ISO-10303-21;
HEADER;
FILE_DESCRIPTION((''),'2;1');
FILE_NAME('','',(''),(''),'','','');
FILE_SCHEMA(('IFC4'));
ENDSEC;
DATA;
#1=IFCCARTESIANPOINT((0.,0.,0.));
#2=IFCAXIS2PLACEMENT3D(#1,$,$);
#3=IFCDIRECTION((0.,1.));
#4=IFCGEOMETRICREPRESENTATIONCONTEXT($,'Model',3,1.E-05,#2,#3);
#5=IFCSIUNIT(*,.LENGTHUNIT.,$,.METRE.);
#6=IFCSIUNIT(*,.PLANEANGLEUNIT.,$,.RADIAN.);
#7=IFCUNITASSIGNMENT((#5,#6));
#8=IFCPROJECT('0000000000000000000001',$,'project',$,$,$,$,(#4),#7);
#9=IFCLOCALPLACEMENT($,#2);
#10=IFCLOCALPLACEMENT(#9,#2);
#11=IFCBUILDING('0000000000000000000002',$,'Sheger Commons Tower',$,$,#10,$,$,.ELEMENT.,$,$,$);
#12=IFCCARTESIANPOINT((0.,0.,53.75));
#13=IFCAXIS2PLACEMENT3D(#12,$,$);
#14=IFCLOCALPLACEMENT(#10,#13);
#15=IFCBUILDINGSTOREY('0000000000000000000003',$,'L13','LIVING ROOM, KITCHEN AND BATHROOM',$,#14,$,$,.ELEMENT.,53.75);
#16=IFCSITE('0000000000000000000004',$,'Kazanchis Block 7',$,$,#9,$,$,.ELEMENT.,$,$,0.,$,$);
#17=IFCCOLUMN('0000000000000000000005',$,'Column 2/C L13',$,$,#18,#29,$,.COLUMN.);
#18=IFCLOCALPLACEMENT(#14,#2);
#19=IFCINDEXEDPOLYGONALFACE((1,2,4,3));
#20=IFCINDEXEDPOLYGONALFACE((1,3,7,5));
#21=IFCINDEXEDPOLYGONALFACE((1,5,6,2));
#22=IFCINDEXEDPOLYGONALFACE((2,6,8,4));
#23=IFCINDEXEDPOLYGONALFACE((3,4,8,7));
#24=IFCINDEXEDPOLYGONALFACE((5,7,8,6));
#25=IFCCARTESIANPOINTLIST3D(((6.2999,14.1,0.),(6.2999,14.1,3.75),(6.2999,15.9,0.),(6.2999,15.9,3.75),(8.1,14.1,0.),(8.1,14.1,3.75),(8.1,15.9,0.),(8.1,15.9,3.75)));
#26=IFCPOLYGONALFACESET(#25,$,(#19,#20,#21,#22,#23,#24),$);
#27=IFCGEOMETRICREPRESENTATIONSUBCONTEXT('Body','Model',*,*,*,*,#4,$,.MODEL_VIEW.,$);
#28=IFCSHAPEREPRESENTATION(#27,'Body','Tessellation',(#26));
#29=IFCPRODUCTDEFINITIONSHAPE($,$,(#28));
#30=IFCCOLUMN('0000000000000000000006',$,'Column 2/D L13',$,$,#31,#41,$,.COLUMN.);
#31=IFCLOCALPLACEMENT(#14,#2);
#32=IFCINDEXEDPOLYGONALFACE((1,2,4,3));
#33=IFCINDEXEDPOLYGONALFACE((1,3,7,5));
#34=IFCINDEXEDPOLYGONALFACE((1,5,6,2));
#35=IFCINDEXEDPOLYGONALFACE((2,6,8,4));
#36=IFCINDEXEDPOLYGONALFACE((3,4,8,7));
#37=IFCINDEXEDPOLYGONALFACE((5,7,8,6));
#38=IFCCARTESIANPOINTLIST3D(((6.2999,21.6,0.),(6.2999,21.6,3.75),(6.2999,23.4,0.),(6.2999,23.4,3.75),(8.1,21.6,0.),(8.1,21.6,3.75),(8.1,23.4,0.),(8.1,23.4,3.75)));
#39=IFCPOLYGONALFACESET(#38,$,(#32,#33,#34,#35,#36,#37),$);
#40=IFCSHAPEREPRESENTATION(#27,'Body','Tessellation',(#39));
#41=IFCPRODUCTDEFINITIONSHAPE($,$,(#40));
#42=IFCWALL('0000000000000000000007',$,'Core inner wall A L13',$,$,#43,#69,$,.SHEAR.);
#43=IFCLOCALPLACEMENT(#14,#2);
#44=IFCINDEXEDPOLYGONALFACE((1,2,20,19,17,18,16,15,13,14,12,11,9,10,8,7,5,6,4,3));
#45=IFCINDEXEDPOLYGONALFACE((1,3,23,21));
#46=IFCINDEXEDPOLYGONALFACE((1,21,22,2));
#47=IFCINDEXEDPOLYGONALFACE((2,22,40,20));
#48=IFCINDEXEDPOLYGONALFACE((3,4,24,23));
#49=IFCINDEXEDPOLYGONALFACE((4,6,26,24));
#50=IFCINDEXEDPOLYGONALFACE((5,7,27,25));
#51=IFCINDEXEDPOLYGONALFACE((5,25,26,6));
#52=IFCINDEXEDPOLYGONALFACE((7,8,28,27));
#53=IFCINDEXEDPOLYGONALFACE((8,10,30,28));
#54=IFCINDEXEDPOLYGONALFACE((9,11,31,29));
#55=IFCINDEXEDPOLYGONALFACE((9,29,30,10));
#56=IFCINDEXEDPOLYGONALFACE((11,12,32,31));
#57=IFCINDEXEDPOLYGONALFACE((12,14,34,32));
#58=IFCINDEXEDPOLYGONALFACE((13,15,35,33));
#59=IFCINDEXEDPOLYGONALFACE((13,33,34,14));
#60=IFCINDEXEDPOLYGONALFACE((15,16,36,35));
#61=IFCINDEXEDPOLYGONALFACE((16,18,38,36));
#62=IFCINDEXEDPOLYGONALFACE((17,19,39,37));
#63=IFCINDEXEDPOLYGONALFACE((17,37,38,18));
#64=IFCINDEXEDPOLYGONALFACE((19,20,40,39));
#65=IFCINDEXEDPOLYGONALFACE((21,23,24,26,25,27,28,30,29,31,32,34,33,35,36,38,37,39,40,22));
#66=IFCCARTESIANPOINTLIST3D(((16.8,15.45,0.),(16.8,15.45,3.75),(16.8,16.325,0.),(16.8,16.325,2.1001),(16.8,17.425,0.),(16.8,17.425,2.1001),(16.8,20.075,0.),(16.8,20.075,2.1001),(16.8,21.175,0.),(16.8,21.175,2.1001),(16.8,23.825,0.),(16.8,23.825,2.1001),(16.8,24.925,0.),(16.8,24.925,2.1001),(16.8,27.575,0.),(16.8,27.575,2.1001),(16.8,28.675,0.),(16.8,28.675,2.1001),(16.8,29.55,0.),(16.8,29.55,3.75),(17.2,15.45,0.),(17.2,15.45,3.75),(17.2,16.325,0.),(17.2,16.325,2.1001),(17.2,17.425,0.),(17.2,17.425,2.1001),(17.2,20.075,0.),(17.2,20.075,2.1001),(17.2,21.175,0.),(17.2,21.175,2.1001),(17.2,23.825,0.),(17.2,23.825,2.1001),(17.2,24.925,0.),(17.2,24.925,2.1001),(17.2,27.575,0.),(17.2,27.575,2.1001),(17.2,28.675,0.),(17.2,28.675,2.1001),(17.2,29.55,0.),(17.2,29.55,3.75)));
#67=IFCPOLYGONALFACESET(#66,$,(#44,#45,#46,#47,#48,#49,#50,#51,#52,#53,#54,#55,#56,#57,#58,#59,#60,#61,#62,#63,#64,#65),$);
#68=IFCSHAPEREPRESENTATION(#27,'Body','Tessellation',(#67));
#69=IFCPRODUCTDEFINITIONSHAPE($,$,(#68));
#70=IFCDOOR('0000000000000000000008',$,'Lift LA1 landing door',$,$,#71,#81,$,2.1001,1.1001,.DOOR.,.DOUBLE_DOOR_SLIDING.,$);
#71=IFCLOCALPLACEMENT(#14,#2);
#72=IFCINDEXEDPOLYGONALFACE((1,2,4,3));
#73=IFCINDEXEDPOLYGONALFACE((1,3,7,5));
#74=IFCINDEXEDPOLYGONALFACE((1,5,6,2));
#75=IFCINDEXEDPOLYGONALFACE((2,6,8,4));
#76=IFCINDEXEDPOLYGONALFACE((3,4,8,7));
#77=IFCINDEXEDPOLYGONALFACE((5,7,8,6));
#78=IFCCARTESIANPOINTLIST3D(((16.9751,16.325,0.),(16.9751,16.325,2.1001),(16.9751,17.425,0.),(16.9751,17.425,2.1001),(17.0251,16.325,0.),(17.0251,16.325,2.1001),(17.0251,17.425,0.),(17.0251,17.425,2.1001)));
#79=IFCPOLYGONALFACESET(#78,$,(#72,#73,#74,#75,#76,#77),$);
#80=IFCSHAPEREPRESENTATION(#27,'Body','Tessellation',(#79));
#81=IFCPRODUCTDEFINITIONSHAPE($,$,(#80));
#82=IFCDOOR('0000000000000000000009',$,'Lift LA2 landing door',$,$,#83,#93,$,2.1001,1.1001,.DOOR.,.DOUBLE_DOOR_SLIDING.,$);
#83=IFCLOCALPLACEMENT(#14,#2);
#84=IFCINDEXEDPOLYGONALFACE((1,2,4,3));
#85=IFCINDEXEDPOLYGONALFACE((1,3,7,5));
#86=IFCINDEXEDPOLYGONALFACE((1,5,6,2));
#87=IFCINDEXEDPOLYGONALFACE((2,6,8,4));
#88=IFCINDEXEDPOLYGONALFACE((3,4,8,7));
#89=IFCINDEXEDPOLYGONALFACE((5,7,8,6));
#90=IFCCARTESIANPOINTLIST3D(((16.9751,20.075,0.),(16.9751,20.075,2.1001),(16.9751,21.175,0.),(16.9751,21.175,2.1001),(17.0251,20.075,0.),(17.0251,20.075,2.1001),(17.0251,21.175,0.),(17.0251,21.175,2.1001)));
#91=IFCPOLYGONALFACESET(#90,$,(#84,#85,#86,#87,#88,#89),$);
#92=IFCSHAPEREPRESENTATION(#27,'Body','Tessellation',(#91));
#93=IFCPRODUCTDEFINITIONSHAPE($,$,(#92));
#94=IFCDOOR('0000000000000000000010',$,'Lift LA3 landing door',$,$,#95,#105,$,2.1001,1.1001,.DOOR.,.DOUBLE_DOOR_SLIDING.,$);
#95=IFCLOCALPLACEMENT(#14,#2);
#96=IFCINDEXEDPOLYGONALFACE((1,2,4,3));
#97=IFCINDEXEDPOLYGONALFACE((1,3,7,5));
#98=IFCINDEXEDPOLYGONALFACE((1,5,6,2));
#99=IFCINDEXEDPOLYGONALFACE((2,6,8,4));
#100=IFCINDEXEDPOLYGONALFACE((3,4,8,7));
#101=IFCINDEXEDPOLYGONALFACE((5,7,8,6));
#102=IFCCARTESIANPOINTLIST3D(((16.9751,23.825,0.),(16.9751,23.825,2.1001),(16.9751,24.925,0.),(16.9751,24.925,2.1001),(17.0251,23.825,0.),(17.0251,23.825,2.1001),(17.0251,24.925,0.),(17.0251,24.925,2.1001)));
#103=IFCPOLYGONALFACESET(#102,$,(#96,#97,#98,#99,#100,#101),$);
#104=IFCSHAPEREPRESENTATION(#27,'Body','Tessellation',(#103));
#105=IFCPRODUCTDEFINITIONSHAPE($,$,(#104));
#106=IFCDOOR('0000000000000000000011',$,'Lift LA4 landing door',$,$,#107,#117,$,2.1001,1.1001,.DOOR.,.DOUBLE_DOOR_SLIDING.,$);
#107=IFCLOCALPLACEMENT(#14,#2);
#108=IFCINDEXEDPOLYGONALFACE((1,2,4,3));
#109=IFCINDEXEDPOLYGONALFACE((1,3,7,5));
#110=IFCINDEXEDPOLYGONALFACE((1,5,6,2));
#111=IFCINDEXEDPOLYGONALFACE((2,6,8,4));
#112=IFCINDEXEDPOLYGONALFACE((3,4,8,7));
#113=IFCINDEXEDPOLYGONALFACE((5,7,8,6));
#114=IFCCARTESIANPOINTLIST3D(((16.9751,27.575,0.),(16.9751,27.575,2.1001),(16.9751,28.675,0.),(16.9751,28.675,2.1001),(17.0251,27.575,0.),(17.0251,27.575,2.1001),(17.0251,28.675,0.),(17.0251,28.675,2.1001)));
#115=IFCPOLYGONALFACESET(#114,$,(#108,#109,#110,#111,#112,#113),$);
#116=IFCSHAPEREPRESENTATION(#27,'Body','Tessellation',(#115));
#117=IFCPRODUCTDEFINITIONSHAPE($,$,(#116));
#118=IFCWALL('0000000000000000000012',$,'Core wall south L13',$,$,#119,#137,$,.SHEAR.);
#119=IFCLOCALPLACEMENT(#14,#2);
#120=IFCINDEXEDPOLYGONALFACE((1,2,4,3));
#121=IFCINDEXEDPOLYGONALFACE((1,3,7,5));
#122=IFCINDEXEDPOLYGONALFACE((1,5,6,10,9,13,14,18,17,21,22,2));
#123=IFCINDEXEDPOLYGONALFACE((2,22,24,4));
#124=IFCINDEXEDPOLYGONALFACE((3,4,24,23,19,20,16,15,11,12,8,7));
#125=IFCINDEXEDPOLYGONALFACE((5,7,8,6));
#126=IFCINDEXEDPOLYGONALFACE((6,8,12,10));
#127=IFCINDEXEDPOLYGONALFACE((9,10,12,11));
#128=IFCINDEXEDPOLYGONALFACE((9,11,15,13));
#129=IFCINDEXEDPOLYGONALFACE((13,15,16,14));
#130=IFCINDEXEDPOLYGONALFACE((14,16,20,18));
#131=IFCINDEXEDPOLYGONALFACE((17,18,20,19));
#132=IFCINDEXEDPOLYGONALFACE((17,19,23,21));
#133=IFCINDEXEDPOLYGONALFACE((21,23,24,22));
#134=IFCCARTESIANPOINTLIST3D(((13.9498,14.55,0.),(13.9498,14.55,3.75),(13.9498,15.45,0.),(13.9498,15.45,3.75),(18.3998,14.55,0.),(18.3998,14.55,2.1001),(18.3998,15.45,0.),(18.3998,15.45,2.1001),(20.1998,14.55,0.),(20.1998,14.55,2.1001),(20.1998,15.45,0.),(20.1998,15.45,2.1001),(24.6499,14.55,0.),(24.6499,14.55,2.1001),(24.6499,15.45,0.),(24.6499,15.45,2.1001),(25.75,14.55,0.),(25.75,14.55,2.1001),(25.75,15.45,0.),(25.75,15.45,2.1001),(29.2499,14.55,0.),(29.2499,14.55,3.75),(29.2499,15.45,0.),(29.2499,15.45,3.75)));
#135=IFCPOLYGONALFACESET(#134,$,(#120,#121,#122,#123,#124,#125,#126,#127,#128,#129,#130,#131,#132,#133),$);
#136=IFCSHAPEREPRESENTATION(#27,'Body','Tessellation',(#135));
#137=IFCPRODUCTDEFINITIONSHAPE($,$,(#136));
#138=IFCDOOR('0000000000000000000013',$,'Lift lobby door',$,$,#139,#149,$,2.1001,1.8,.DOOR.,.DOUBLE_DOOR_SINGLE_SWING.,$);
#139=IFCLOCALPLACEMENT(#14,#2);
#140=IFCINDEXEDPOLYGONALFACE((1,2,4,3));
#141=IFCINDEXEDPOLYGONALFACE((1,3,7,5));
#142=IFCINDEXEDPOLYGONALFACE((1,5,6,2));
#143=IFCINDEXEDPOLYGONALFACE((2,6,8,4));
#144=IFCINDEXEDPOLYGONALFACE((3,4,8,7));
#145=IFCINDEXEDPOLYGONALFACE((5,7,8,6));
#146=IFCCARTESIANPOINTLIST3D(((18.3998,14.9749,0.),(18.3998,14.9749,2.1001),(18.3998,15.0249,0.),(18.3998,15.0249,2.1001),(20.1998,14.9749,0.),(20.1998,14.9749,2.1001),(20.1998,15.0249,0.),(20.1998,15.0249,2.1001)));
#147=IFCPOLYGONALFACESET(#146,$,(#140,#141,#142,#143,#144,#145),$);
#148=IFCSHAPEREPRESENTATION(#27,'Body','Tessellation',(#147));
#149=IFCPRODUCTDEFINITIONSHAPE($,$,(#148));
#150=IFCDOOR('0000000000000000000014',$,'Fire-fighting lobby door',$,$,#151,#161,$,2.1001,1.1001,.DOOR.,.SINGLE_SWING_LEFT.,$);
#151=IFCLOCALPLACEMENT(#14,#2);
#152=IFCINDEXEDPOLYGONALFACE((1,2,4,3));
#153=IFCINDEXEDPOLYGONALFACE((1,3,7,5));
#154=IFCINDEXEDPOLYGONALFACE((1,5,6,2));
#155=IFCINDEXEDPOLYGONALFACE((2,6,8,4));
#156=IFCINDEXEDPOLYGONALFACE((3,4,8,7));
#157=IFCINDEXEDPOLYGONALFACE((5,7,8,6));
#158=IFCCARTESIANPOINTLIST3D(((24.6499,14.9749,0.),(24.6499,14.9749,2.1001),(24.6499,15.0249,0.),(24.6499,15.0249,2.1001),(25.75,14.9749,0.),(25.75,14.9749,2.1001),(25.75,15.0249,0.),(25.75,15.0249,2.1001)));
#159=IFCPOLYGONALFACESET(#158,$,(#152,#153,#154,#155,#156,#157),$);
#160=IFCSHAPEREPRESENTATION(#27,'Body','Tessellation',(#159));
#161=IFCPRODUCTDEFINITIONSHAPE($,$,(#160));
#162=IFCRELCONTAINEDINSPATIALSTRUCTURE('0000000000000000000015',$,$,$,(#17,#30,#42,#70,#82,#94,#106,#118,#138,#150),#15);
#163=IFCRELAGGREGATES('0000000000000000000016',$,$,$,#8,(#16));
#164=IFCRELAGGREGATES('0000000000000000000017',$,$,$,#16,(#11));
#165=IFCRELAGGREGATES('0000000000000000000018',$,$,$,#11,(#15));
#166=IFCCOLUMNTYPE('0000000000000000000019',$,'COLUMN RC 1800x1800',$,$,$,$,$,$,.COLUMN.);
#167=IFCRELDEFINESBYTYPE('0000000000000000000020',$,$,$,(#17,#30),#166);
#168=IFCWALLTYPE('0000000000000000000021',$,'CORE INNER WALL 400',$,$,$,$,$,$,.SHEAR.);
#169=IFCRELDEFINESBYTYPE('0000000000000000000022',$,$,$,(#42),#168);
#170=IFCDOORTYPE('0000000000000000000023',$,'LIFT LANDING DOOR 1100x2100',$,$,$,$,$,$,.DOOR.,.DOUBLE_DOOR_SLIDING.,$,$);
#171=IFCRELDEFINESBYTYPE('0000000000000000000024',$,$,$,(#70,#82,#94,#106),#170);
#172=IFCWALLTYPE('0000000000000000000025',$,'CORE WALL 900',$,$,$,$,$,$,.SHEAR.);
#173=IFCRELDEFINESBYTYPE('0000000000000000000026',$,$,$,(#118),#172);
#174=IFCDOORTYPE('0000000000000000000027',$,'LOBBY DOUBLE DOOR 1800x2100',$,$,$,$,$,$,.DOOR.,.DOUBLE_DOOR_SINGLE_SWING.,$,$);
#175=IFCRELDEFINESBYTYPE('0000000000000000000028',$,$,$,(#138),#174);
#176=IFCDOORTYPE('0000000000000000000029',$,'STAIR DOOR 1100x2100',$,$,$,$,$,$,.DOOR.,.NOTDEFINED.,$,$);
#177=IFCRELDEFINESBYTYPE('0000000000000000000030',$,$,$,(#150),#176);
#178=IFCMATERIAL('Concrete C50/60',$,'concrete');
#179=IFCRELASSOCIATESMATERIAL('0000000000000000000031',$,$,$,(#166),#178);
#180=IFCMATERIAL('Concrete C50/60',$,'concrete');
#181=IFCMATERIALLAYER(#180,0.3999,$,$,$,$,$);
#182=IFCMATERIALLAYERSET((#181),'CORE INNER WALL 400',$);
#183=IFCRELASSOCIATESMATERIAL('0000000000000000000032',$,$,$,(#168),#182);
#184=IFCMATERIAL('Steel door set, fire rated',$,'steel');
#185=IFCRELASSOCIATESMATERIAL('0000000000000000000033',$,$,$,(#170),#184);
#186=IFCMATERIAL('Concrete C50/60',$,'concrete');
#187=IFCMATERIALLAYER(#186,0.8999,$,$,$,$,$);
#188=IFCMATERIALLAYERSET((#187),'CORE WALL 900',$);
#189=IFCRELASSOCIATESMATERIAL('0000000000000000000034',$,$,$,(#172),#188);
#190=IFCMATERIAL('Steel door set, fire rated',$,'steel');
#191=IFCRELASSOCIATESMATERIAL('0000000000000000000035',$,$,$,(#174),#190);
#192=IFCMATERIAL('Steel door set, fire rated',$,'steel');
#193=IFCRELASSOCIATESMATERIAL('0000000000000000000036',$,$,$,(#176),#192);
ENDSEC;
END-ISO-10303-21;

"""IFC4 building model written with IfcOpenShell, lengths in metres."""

from ifc_helpers import new_model, si_unit, direction, frame, frame_2d, origin, origin_2d, place, context, subcontext, project, spatial, rectangle, extrude, material, layer, layer_set, material_profile, profile_set, type_object, element, fill, save


model = new_model("IFC4")

# Units and contexts
model_context = context("Model", 3, precision=1e-05, world=origin(), true_north=direction((0.0, 1.0)))
body_context = subcontext(model_context, "Body", "Model", "MODEL_VIEW")
ifc_project = project(units=[si_unit("LENGTHUNIT", "METRE"), si_unit("PLANEANGLEUNIT", "RADIAN")], contexts=[model_context])

# Site, building, storey
site_placement = place(None, origin())
site = spatial("IfcSite", under=ifc_project, at=site_placement, Name="Kazanchis Block 7", CompositionType="ELEMENT", RefElevation=0.0)
building_placement = place(site_placement, origin())
building = spatial("IfcBuilding", under=site, at=building_placement, Name="Sheger Commons Tower", CompositionType="ELEMENT")
storey_placement = place(building_placement, frame((0.0, 0.0, 53.75)))
storey = spatial("IfcBuildingStorey", under=building, at=storey_placement, Name="L13", Description="LIVING ROOM, KITCHEN AND BATHROOM", CompositionType="ELEMENT", Elevation=53.75)

# Columns
ifc_material_1 = material(Name="Concrete C50/60", Category="concrete")
ifc_material_profile = material_profile(ifc_material_1, rectangle(XDim=1.8, YDim=1.8, at=origin_2d()), Name="RC 1800x1800")
ifc_profile_set = profile_set([ifc_material_profile], Name="Concrete C50/60")
column_type = type_object("IfcColumnType", Name="COLUMN RC 1800x1800", PredefinedType="COLUMN", material=ifc_profile_set)
for number, where, z_axis, x_axis, name in (
    (1, (7.2, 15.0, 0.0), (0.0, 0.0, 1.0), (1.0, 0.0, 0.0), "Column 2/C L13"),
    (2, (7.2, 22.5, 0.0), (0.0, 0.0, 1.0), (1.0, 0.0, 0.0), "Column 2/D L13"),
):
    element("IfcColumn", number, at=place(storey_placement, frame(where, z_axis=z_axis, x_axis=x_axis)), inside=storey, type_object=column_type, Name=name, PredefinedType="COLUMN", context=body_context, shape_type="SweptSolid", body=[
        extrude(rectangle(XDim=1.8, YDim=1.8, at=origin_2d()), origin(), (0.0, 0.0, 1.0), 3.75),
    ])

# Walls, openings, doors
ifc_material_2 = material(Name="Concrete C50/60", Category="concrete")
ifc_layer_1 = layer(ifc_material_2, 0.3999)
ifc_layer_set_1 = layer_set([ifc_layer_1], Name="CORE INNER WALL 400")
wall_type_1 = type_object("IfcWallType", Name="CORE INNER WALL 400", PredefinedType="SHEAR", material=ifc_layer_set_1)
wall_1_placement = place(storey_placement, frame((17.0, 15.45, 0.0), z_axis=(0.0, 0.0, 1.0), x_axis=(0.0, 1.0, 0.0)))
wall_1 = element("IfcWall", 3, at=wall_1_placement, inside=storey, type_object=wall_type_1, Name="Core inner wall A L13", PredefinedType="SHEAR", context=body_context, shape_type="SweptSolid", body=[
    extrude(rectangle(XDim=14.1001, YDim=0.3999, at=frame_2d((7.05, 0.0))), origin(), (0.0, 0.0, 1.0), 3.75),
])
opening_1_placement = place(wall_1_placement, frame((0.875, 0.0, 0.0)))
opening_1 = element("IfcOpeningElement", 4, at=opening_1_placement, cuts=wall_1, PredefinedType="OPENING", context=body_context, shape_type="SweptSolid", body=[
    extrude(rectangle(XDim=1.1001, YDim=2.1001, at=frame_2d((0.55, 1.05))), frame((0.0, 0.21, 0.0), z_axis=(0.0, -1.0, 0.0), x_axis=(1.0, 0.0, 0.0)), (0.0, 0.0, 1.0), 0.4199),
])
opening_2_placement = place(wall_1_placement, frame((4.625, 0.0, 0.0)))
opening_2 = element("IfcOpeningElement", 5, at=opening_2_placement, cuts=wall_1, PredefinedType="OPENING", context=body_context, shape_type="SweptSolid", body=[
    extrude(rectangle(XDim=1.1001, YDim=2.1001, at=frame_2d((0.55, 1.05))), frame((0.0, 0.21, 0.0), z_axis=(0.0, -1.0, 0.0), x_axis=(1.0, 0.0, 0.0)), (0.0, 0.0, 1.0), 0.4199),
])
opening_3_placement = place(wall_1_placement, frame((8.375, 0.0, 0.0)))
opening_3 = element("IfcOpeningElement", 6, at=opening_3_placement, cuts=wall_1, PredefinedType="OPENING", context=body_context, shape_type="SweptSolid", body=[
    extrude(rectangle(XDim=1.1001, YDim=2.1001, at=frame_2d((0.55, 1.05))), frame((0.0, 0.21, 0.0), z_axis=(0.0, -1.0, 0.0), x_axis=(1.0, 0.0, 0.0)), (0.0, 0.0, 1.0), 0.4199),
])
opening_4_placement = place(wall_1_placement, frame((12.125, 0.0, 0.0)))
opening_4 = element("IfcOpeningElement", 7, at=opening_4_placement, cuts=wall_1, PredefinedType="OPENING", context=body_context, shape_type="SweptSolid", body=[
    extrude(rectangle(XDim=1.1001, YDim=2.1001, at=frame_2d((0.55, 1.05))), frame((0.0, 0.21, 0.0), z_axis=(0.0, -1.0, 0.0), x_axis=(1.0, 0.0, 0.0)), (0.0, 0.0, 1.0), 0.4199),
])
ifc_material_3 = material(Name="Steel door set, fire rated", Category="steel")
door_type_1 = type_object("IfcDoorType", Name="LIFT LANDING DOOR 1100x2100", OperationType="DOUBLE_DOOR_SLIDING", PredefinedType="DOOR", material=ifc_material_3)
door_1_placement = place(opening_1_placement, origin())
door_1 = element("IfcDoor", 8, at=door_1_placement, inside=storey, type_object=door_type_1, Name="Lift LA1 landing door", OperationType="DOUBLE_DOOR_SLIDING", OverallHeight=2.1001, OverallWidth=1.1001, PredefinedType="DOOR", context=body_context, shape_type="SweptSolid", body=[
    extrude(rectangle(XDim=1.1001, YDim=2.1001, at=frame_2d((0.55, 1.05))), frame((0.0, 0.0249, 0.0), z_axis=(0.0, -1.0, 0.0), x_axis=(1.0, 0.0, 0.0)), (0.0, 0.0, 1.0), 0.05),
])
fill(opening_1, door_1)
door_2_placement = place(opening_2_placement, origin())
door_2 = element("IfcDoor", 9, at=door_2_placement, inside=storey, type_object=door_type_1, Name="Lift LA2 landing door", OperationType="DOUBLE_DOOR_SLIDING", OverallHeight=2.1001, OverallWidth=1.1001, PredefinedType="DOOR", context=body_context, shape_type="SweptSolid", body=[
    extrude(rectangle(XDim=1.1001, YDim=2.1001, at=frame_2d((0.55, 1.05))), frame((0.0, 0.0249, 0.0), z_axis=(0.0, -1.0, 0.0), x_axis=(1.0, 0.0, 0.0)), (0.0, 0.0, 1.0), 0.05),
])
fill(opening_2, door_2)
door_3_placement = place(opening_3_placement, origin())
door_3 = element("IfcDoor", 10, at=door_3_placement, inside=storey, type_object=door_type_1, Name="Lift LA3 landing door", OperationType="DOUBLE_DOOR_SLIDING", OverallHeight=2.1001, OverallWidth=1.1001, PredefinedType="DOOR", context=body_context, shape_type="SweptSolid", body=[
    extrude(rectangle(XDim=1.1001, YDim=2.1001, at=frame_2d((0.55, 1.05))), frame((0.0, 0.0249, 0.0), z_axis=(0.0, -1.0, 0.0), x_axis=(1.0, 0.0, 0.0)), (0.0, 0.0, 1.0), 0.05),
])
fill(opening_3, door_3)
door_4_placement = place(opening_4_placement, origin())
door_4 = element("IfcDoor", 11, at=door_4_placement, inside=storey, type_object=door_type_1, Name="Lift LA4 landing door", OperationType="DOUBLE_DOOR_SLIDING", OverallHeight=2.1001, OverallWidth=1.1001, PredefinedType="DOOR", context=body_context, shape_type="SweptSolid", body=[
    extrude(rectangle(XDim=1.1001, YDim=2.1001, at=frame_2d((0.55, 1.05))), frame((0.0, 0.0249, 0.0), z_axis=(0.0, -1.0, 0.0), x_axis=(1.0, 0.0, 0.0)), (0.0, 0.0, 1.0), 0.05),
])
fill(opening_4, door_4)
ifc_material_4 = material(Name="Concrete C50/60", Category="concrete")
ifc_layer_2 = layer(ifc_material_4, 0.8999)
ifc_layer_set_2 = layer_set([ifc_layer_2], Name="CORE WALL 900")
wall_type_2 = type_object("IfcWallType", Name="CORE WALL 900", PredefinedType="SHEAR", material=ifc_layer_set_2)
wall_2_placement = place(storey_placement, frame((13.95, 15.0, 0.0), z_axis=(0.0, 0.0, 1.0), x_axis=(1.0, 0.0, 0.0)))
wall_2 = element("IfcWall", 12, at=wall_2_placement, inside=storey, type_object=wall_type_2, Name="Core wall south L13", PredefinedType="SHEAR", context=body_context, shape_type="SweptSolid", body=[
    extrude(rectangle(XDim=15.3, YDim=0.8999, at=frame_2d((7.6499, 0.0))), origin(), (0.0, 0.0, 1.0), 3.75),
])
opening_5_placement = place(wall_2_placement, frame((4.45, 0.0, 0.0)))
opening_5 = element("IfcOpeningElement", 13, at=opening_5_placement, cuts=wall_2, PredefinedType="OPENING", context=body_context, shape_type="SweptSolid", body=[
    extrude(rectangle(XDim=1.8, YDim=2.1001, at=frame_2d((0.8999, 1.05))), frame((0.0, 0.46, 0.0), z_axis=(0.0, -1.0, 0.0), x_axis=(1.0, 0.0, 0.0)), (0.0, 0.0, 1.0), 0.9199),
])
opening_6_placement = place(wall_2_placement, frame((10.7, 0.0, 0.0)))
opening_6 = element("IfcOpeningElement", 14, at=opening_6_placement, cuts=wall_2, PredefinedType="OPENING", context=body_context, shape_type="SweptSolid", body=[
    extrude(rectangle(XDim=1.1001, YDim=2.1001, at=frame_2d((0.55, 1.05))), frame((0.0, 0.46, 0.0), z_axis=(0.0, -1.0, 0.0), x_axis=(1.0, 0.0, 0.0)), (0.0, 0.0, 1.0), 0.9199),
])
ifc_material_5 = material(Name="Steel door set, fire rated", Category="steel")
door_type_2 = type_object("IfcDoorType", Name="LOBBY DOUBLE DOOR 1800x2100", OperationType="DOUBLE_DOOR_SINGLE_SWING", PredefinedType="DOOR", material=ifc_material_5)
door_5_placement = place(opening_5_placement, origin())
door_5 = element("IfcDoor", 15, at=door_5_placement, inside=storey, type_object=door_type_2, Name="Lift lobby door", OperationType="DOUBLE_DOOR_SINGLE_SWING", OverallHeight=2.1001, OverallWidth=1.8, PredefinedType="DOOR", context=body_context, shape_type="SweptSolid", body=[
    extrude(rectangle(XDim=1.8, YDim=2.1001, at=frame_2d((0.8999, 1.05))), frame((0.0, 0.0249, 0.0), z_axis=(0.0, -1.0, 0.0), x_axis=(1.0, 0.0, 0.0)), (0.0, 0.0, 1.0), 0.05),
])
fill(opening_5, door_5)
ifc_material_6 = material(Name="Steel door set, fire rated", Category="steel")
door_type_3 = type_object("IfcDoorType", Name="STAIR DOOR 1100x2100", OperationType="NOTDEFINED", PredefinedType="DOOR", material=ifc_material_6)
door_6_placement = place(opening_6_placement, origin())
door_6 = element("IfcDoor", 16, at=door_6_placement, inside=storey, type_object=door_type_3, Name="Fire-fighting lobby door", OperationType="SINGLE_SWING_LEFT", OverallHeight=2.1001, OverallWidth=1.1001, PredefinedType="DOOR", context=body_context, shape_type="SweptSolid", body=[
    extrude(rectangle(XDim=1.1001, YDim=2.1001, at=frame_2d((0.55, 1.05))), frame((0.0, 0.0249, 0.0), z_axis=(0.0, -1.0, 0.0), x_axis=(1.0, 0.0, 0.0)), (0.0, 0.0, 1.0), 0.05),
])
fill(opening_6, door_6)

save(model, "model.ifc")
